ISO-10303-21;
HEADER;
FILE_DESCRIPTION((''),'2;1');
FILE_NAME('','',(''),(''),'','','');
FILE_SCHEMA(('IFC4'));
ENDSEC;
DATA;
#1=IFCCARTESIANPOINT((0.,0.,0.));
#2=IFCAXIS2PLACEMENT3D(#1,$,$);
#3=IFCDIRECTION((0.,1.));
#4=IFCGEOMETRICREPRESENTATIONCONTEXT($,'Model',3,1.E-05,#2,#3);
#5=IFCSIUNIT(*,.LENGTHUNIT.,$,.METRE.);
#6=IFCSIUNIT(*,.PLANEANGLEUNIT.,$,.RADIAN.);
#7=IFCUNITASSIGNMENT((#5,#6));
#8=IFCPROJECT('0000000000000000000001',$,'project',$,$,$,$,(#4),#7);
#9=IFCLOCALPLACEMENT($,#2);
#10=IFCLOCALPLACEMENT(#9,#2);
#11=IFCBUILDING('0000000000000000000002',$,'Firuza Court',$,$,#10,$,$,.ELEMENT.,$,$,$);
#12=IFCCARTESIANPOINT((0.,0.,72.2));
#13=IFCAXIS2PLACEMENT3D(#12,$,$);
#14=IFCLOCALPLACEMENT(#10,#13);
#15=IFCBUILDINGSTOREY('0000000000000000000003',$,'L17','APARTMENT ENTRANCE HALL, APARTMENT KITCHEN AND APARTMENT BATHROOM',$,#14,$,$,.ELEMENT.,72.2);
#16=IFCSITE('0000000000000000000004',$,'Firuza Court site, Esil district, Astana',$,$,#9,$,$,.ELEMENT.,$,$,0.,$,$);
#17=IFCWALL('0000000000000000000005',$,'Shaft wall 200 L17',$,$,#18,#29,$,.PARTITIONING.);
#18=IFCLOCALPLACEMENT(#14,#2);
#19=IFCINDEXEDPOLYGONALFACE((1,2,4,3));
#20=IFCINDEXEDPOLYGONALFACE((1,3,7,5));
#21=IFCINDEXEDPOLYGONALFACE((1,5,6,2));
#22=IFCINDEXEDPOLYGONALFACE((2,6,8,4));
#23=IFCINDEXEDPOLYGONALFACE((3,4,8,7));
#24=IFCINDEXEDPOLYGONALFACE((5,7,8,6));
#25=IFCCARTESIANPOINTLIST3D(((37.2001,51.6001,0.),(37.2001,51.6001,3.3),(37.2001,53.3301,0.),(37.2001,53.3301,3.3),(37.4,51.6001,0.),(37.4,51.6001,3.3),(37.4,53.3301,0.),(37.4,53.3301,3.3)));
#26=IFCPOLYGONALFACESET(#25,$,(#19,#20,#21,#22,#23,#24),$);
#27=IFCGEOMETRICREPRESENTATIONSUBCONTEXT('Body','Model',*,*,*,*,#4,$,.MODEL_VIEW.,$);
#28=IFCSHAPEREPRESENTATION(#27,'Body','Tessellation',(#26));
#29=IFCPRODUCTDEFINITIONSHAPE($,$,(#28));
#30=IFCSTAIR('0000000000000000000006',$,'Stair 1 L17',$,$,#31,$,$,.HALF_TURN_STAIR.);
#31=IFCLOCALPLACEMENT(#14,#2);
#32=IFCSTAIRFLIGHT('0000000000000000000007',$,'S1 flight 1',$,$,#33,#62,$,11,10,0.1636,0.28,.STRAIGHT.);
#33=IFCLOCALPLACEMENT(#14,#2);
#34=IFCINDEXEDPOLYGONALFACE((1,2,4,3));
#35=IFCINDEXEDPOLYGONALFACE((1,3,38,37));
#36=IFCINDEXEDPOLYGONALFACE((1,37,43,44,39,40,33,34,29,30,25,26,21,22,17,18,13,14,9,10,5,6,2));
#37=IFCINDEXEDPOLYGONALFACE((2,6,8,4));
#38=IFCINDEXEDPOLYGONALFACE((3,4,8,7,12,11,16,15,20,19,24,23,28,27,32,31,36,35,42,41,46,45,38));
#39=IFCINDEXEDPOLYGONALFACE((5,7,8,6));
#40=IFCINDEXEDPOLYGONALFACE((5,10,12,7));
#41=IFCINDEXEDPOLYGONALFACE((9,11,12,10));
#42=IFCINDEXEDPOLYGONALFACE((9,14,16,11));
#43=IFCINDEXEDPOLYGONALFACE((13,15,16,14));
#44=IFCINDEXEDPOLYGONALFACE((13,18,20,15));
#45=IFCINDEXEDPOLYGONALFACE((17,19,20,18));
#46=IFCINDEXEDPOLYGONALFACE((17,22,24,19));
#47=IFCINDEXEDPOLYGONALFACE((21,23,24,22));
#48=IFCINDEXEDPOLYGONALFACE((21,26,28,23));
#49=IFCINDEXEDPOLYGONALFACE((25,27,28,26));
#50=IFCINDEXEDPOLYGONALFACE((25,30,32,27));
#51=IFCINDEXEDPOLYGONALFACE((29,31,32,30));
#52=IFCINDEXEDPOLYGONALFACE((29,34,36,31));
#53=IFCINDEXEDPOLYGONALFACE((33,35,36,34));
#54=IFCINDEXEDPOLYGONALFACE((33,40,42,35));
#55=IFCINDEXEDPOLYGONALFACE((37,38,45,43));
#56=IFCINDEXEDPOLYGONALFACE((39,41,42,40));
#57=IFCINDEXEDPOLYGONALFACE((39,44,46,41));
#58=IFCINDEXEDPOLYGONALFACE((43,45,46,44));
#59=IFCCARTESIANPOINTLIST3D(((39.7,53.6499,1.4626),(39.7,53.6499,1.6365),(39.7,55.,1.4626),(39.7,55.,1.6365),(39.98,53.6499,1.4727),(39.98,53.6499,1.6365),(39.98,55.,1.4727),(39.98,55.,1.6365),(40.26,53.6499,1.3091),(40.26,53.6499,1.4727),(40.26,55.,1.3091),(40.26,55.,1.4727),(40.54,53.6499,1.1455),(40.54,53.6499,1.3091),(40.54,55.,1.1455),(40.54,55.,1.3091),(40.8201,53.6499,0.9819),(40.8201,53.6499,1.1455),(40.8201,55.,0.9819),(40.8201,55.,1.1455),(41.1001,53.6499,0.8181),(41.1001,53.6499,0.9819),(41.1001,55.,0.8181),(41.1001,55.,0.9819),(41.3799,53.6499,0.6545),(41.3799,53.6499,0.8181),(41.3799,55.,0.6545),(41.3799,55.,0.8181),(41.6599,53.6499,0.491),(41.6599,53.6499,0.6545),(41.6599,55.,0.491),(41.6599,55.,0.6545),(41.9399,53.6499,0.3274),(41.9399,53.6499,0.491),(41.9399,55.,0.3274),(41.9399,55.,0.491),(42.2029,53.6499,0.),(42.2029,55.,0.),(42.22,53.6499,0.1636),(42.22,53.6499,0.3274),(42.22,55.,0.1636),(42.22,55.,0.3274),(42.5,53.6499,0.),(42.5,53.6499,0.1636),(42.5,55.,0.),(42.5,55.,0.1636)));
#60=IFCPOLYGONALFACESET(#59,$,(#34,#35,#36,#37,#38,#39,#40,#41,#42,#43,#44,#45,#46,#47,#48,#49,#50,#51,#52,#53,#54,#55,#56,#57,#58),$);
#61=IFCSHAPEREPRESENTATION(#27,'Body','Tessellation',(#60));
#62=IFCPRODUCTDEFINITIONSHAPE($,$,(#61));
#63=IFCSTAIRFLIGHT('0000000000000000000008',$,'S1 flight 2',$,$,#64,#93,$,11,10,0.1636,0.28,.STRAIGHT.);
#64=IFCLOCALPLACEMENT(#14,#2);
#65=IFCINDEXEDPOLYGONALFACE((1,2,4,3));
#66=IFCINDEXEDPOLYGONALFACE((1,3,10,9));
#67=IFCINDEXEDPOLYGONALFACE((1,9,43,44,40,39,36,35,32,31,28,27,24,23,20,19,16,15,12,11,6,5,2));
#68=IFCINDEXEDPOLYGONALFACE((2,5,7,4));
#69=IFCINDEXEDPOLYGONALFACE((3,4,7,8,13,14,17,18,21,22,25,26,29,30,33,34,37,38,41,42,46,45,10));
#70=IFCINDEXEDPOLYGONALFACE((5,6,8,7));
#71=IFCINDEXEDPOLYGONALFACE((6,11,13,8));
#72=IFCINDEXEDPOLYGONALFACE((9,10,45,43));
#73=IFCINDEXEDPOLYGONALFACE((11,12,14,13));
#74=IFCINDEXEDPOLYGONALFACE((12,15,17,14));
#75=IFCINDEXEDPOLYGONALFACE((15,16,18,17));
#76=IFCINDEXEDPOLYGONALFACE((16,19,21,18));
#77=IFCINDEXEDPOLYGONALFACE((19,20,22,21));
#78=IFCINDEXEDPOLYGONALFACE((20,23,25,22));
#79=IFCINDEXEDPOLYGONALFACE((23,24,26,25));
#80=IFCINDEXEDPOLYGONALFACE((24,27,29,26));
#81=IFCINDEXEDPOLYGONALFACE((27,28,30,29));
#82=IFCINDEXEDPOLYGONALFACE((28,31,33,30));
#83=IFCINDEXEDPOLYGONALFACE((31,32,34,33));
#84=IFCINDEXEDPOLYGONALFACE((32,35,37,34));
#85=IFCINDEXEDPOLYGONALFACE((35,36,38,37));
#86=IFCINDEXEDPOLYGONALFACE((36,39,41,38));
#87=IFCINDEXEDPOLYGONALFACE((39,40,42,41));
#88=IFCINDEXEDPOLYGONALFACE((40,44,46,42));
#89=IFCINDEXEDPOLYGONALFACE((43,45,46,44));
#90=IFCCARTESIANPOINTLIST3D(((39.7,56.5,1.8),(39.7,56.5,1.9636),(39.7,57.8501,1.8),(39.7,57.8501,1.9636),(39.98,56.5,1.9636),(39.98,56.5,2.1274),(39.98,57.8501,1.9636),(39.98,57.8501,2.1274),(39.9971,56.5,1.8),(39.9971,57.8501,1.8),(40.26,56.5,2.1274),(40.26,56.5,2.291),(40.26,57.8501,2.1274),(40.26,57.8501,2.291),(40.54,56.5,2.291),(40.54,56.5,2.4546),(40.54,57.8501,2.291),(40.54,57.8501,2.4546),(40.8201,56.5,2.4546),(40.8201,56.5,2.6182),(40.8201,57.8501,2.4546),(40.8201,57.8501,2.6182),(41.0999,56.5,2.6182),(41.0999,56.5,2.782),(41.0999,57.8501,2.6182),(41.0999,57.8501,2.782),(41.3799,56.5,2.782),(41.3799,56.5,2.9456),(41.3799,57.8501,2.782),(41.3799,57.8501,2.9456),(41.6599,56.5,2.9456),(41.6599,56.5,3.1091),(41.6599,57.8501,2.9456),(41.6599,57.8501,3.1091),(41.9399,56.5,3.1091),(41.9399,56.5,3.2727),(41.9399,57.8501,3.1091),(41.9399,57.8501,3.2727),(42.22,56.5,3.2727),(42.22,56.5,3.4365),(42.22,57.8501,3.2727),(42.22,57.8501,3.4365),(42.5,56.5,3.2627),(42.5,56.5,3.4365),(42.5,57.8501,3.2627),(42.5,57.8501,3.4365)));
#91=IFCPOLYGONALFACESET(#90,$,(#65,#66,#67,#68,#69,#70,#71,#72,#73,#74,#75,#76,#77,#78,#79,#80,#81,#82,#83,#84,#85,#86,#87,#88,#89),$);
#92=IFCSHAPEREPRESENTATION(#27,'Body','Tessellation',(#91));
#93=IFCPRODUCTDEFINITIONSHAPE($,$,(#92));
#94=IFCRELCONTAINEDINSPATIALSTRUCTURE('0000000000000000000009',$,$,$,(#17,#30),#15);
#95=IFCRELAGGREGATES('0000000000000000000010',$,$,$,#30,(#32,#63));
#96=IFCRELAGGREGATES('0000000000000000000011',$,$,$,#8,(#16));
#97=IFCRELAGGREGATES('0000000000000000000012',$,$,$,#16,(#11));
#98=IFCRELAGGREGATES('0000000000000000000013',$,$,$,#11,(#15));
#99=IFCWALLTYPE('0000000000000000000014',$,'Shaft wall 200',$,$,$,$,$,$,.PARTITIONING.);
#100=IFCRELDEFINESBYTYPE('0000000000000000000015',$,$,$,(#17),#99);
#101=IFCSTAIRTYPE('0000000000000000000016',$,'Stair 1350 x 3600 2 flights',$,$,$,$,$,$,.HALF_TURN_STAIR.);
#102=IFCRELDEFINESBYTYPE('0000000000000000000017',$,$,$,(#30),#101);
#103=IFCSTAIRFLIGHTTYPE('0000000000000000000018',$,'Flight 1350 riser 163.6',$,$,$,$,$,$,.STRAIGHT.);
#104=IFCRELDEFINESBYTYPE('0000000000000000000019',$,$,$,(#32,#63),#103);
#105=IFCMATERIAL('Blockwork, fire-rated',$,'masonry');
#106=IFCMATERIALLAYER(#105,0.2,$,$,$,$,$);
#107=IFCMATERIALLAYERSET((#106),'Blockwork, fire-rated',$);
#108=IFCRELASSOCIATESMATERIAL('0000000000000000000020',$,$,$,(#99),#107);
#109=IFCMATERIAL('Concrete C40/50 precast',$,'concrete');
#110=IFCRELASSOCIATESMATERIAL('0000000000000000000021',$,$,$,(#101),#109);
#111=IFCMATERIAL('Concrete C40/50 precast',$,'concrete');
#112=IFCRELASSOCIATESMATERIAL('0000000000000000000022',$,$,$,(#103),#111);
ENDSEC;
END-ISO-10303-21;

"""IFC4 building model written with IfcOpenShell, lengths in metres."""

from ifc_helpers import new_model, si_unit, direction, frame, frame_2d, origin, place, context, subcontext, project, spatial, polyline, rectangle, outline, extrude, material, layer, layer_set, type_object, element, aggregate, save


model = new_model("IFC4")

# Units and contexts
model_context = context("Model", 3, precision=1e-05, world=origin(), true_north=direction((0.0, 1.0)))
body_context = subcontext(model_context, "Body", "Model", "MODEL_VIEW")
ifc_project = project(units=[si_unit("LENGTHUNIT", "METRE"), si_unit("PLANEANGLEUNIT", "RADIAN")], contexts=[model_context])

# Site, building, storey
site_placement = place(None, origin())
site = spatial("IfcSite", under=ifc_project, at=site_placement, Name="Firuza Court site, Esil district, Astana", CompositionType="ELEMENT", RefElevation=0.0)
building_placement = place(site_placement, origin())
building = spatial("IfcBuilding", under=site, at=building_placement, Name="Firuza Court", CompositionType="ELEMENT")
storey_placement = place(building_placement, frame((0.0, 0.0, 72.2)))
storey = spatial("IfcBuildingStorey", under=building, at=storey_placement, Name="L17", Description="APARTMENT ENTRANCE HALL, APARTMENT KITCHEN AND APARTMENT BATHROOM", CompositionType="ELEMENT", Elevation=72.2)

# Shared definitions
ifc_material_1 = material(Name="Blockwork, fire-rated", Category="masonry")

# Shared definitions
ifc_layer_1 = layer(ifc_material_1, 0.2)
ifc_layer_set_1 = layer_set([ifc_layer_1], Name="Blockwork, fire-rated")
wall_type_1 = type_object("IfcWallType", Name="Shaft wall 200", PredefinedType="PARTITIONING", material=ifc_layer_set_1)

# Wall
for number, where, z_axis, x_axis, name in (
    (1, (37.3, 51.6001, 0.0), (0.0, 0.0, 1.0), (0.0, 1.0, 0.0), "Shaft wall 200 L17"),
):
    element("IfcWall", number, at=place(storey_placement, frame(where, z_axis=z_axis, x_axis=x_axis)), inside=storey, type_object=wall_type_1, Name=name, PredefinedType="PARTITIONING", context=body_context, shape_type="SweptSolid", body=[
        extrude(rectangle(XDim=1.73, YDim=0.2, at=frame_2d((0.865, 0.0))), origin(), (0.0, 0.0, 1.0), 3.3),
    ])

# Stair, stair flights
ifc_material_2 = material(Name="Concrete C40/50 precast", Category="concrete")
stair_type = type_object("IfcStairType", Name="Stair 1350 x 3600 2 flights", PredefinedType="HALF_TURN_STAIR", material=ifc_material_2)
stair_placement = place(storey_placement, origin())
stair = element("IfcStair", 2, at=stair_placement, inside=storey, type_object=stair_type, Name="Stair 1 L17", PredefinedType="HALF_TURN_STAIR")
ifc_material_3 = material(Name="Concrete C40/50 precast", Category="concrete")
stair_flight_type = type_object("IfcStairFlightType", Name="Flight 1350 riser 163.6", PredefinedType="STRAIGHT", material=ifc_material_3)
stair_flight_1_placement = place(storey_placement, frame((42.5, 54.325, 0.0), z_axis=(0.0, 0.0, 1.0), x_axis=(-1.0, 0.0, 0.0)))
stair_flight_1 = element("IfcStairFlight", 3, at=stair_flight_1_placement, type_object=stair_flight_type, Name="S1 flight 1", NumberOfRisers=11, NumberOfTreads=10, PredefinedType="STRAIGHT", RiserHeight=0.1636, TreadLength=0.28, context=body_context, shape_type="SweptSolid", body=[
    extrude(outline(polyline([(0.0, 0.0), (0.0, 0.1636), (0.28, 0.1636), (0.28, 0.3274), (0.5601, 0.3274), (0.5601, 0.491), (0.8401, 0.491), (0.8401, 0.6545), (1.1201, 0.6545), (1.1201, 0.8181), (1.3999, 0.8181), (1.3999, 0.9819), (1.6799, 0.9819), (1.6799, 1.1455), (1.96, 1.1455), (1.96, 1.3091), (2.24, 1.3091), (2.24, 1.4727), (2.52, 1.4727), (2.52, 1.6365), (2.8, 1.6365), (2.8, 1.8), (2.8, 1.4626), (0.2971, 0.0), (0.0, 0.0)])), frame((0.0, 0.675, 0.0), z_axis=(0.0, -1.0, 0.0), x_axis=(1.0, 0.0, 0.0)), (0.0, 0.0, 1.0), 1.3501),
])
stair_flight_2_placement = place(storey_placement, frame((39.7, 57.175, 1.8), z_axis=(0.0, 0.0, 1.0), x_axis=(1.0, 0.0, 0.0)))
stair_flight_2 = element("IfcStairFlight", 4, at=stair_flight_2_placement, type_object=stair_flight_type, Name="S1 flight 2", NumberOfRisers=11, NumberOfTreads=10, PredefinedType="STRAIGHT", RiserHeight=0.1636, TreadLength=0.28, context=body_context, shape_type="SweptSolid", body=[
    extrude(outline(polyline([(0.0, 0.0), (0.0, 0.1636), (0.28, 0.1636), (0.28, 0.3274), (0.5601, 0.3274), (0.5601, 0.491), (0.8401, 0.491), (0.8401, 0.6545), (1.1201, 0.6545), (1.1201, 0.8181), (1.3999, 0.8181), (1.3999, 0.9819), (1.6799, 0.9819), (1.6799, 1.1455), (1.96, 1.1455), (1.96, 1.3091), (2.24, 1.3091), (2.24, 1.4727), (2.52, 1.4727), (2.52, 1.6365), (2.8, 1.6365), (2.8, 1.8), (2.8, 1.4626), (0.2971, 0.0), (0.0, 0.0)])), frame((0.0, 0.675, 0.0), z_axis=(0.0, -1.0, 0.0), x_axis=(1.0, 0.0, 0.0)), (0.0, 0.0, 1.0), 1.3501),
])
aggregate(stair, [stair_flight_1, stair_flight_2])

save(model, "model.ifc")
